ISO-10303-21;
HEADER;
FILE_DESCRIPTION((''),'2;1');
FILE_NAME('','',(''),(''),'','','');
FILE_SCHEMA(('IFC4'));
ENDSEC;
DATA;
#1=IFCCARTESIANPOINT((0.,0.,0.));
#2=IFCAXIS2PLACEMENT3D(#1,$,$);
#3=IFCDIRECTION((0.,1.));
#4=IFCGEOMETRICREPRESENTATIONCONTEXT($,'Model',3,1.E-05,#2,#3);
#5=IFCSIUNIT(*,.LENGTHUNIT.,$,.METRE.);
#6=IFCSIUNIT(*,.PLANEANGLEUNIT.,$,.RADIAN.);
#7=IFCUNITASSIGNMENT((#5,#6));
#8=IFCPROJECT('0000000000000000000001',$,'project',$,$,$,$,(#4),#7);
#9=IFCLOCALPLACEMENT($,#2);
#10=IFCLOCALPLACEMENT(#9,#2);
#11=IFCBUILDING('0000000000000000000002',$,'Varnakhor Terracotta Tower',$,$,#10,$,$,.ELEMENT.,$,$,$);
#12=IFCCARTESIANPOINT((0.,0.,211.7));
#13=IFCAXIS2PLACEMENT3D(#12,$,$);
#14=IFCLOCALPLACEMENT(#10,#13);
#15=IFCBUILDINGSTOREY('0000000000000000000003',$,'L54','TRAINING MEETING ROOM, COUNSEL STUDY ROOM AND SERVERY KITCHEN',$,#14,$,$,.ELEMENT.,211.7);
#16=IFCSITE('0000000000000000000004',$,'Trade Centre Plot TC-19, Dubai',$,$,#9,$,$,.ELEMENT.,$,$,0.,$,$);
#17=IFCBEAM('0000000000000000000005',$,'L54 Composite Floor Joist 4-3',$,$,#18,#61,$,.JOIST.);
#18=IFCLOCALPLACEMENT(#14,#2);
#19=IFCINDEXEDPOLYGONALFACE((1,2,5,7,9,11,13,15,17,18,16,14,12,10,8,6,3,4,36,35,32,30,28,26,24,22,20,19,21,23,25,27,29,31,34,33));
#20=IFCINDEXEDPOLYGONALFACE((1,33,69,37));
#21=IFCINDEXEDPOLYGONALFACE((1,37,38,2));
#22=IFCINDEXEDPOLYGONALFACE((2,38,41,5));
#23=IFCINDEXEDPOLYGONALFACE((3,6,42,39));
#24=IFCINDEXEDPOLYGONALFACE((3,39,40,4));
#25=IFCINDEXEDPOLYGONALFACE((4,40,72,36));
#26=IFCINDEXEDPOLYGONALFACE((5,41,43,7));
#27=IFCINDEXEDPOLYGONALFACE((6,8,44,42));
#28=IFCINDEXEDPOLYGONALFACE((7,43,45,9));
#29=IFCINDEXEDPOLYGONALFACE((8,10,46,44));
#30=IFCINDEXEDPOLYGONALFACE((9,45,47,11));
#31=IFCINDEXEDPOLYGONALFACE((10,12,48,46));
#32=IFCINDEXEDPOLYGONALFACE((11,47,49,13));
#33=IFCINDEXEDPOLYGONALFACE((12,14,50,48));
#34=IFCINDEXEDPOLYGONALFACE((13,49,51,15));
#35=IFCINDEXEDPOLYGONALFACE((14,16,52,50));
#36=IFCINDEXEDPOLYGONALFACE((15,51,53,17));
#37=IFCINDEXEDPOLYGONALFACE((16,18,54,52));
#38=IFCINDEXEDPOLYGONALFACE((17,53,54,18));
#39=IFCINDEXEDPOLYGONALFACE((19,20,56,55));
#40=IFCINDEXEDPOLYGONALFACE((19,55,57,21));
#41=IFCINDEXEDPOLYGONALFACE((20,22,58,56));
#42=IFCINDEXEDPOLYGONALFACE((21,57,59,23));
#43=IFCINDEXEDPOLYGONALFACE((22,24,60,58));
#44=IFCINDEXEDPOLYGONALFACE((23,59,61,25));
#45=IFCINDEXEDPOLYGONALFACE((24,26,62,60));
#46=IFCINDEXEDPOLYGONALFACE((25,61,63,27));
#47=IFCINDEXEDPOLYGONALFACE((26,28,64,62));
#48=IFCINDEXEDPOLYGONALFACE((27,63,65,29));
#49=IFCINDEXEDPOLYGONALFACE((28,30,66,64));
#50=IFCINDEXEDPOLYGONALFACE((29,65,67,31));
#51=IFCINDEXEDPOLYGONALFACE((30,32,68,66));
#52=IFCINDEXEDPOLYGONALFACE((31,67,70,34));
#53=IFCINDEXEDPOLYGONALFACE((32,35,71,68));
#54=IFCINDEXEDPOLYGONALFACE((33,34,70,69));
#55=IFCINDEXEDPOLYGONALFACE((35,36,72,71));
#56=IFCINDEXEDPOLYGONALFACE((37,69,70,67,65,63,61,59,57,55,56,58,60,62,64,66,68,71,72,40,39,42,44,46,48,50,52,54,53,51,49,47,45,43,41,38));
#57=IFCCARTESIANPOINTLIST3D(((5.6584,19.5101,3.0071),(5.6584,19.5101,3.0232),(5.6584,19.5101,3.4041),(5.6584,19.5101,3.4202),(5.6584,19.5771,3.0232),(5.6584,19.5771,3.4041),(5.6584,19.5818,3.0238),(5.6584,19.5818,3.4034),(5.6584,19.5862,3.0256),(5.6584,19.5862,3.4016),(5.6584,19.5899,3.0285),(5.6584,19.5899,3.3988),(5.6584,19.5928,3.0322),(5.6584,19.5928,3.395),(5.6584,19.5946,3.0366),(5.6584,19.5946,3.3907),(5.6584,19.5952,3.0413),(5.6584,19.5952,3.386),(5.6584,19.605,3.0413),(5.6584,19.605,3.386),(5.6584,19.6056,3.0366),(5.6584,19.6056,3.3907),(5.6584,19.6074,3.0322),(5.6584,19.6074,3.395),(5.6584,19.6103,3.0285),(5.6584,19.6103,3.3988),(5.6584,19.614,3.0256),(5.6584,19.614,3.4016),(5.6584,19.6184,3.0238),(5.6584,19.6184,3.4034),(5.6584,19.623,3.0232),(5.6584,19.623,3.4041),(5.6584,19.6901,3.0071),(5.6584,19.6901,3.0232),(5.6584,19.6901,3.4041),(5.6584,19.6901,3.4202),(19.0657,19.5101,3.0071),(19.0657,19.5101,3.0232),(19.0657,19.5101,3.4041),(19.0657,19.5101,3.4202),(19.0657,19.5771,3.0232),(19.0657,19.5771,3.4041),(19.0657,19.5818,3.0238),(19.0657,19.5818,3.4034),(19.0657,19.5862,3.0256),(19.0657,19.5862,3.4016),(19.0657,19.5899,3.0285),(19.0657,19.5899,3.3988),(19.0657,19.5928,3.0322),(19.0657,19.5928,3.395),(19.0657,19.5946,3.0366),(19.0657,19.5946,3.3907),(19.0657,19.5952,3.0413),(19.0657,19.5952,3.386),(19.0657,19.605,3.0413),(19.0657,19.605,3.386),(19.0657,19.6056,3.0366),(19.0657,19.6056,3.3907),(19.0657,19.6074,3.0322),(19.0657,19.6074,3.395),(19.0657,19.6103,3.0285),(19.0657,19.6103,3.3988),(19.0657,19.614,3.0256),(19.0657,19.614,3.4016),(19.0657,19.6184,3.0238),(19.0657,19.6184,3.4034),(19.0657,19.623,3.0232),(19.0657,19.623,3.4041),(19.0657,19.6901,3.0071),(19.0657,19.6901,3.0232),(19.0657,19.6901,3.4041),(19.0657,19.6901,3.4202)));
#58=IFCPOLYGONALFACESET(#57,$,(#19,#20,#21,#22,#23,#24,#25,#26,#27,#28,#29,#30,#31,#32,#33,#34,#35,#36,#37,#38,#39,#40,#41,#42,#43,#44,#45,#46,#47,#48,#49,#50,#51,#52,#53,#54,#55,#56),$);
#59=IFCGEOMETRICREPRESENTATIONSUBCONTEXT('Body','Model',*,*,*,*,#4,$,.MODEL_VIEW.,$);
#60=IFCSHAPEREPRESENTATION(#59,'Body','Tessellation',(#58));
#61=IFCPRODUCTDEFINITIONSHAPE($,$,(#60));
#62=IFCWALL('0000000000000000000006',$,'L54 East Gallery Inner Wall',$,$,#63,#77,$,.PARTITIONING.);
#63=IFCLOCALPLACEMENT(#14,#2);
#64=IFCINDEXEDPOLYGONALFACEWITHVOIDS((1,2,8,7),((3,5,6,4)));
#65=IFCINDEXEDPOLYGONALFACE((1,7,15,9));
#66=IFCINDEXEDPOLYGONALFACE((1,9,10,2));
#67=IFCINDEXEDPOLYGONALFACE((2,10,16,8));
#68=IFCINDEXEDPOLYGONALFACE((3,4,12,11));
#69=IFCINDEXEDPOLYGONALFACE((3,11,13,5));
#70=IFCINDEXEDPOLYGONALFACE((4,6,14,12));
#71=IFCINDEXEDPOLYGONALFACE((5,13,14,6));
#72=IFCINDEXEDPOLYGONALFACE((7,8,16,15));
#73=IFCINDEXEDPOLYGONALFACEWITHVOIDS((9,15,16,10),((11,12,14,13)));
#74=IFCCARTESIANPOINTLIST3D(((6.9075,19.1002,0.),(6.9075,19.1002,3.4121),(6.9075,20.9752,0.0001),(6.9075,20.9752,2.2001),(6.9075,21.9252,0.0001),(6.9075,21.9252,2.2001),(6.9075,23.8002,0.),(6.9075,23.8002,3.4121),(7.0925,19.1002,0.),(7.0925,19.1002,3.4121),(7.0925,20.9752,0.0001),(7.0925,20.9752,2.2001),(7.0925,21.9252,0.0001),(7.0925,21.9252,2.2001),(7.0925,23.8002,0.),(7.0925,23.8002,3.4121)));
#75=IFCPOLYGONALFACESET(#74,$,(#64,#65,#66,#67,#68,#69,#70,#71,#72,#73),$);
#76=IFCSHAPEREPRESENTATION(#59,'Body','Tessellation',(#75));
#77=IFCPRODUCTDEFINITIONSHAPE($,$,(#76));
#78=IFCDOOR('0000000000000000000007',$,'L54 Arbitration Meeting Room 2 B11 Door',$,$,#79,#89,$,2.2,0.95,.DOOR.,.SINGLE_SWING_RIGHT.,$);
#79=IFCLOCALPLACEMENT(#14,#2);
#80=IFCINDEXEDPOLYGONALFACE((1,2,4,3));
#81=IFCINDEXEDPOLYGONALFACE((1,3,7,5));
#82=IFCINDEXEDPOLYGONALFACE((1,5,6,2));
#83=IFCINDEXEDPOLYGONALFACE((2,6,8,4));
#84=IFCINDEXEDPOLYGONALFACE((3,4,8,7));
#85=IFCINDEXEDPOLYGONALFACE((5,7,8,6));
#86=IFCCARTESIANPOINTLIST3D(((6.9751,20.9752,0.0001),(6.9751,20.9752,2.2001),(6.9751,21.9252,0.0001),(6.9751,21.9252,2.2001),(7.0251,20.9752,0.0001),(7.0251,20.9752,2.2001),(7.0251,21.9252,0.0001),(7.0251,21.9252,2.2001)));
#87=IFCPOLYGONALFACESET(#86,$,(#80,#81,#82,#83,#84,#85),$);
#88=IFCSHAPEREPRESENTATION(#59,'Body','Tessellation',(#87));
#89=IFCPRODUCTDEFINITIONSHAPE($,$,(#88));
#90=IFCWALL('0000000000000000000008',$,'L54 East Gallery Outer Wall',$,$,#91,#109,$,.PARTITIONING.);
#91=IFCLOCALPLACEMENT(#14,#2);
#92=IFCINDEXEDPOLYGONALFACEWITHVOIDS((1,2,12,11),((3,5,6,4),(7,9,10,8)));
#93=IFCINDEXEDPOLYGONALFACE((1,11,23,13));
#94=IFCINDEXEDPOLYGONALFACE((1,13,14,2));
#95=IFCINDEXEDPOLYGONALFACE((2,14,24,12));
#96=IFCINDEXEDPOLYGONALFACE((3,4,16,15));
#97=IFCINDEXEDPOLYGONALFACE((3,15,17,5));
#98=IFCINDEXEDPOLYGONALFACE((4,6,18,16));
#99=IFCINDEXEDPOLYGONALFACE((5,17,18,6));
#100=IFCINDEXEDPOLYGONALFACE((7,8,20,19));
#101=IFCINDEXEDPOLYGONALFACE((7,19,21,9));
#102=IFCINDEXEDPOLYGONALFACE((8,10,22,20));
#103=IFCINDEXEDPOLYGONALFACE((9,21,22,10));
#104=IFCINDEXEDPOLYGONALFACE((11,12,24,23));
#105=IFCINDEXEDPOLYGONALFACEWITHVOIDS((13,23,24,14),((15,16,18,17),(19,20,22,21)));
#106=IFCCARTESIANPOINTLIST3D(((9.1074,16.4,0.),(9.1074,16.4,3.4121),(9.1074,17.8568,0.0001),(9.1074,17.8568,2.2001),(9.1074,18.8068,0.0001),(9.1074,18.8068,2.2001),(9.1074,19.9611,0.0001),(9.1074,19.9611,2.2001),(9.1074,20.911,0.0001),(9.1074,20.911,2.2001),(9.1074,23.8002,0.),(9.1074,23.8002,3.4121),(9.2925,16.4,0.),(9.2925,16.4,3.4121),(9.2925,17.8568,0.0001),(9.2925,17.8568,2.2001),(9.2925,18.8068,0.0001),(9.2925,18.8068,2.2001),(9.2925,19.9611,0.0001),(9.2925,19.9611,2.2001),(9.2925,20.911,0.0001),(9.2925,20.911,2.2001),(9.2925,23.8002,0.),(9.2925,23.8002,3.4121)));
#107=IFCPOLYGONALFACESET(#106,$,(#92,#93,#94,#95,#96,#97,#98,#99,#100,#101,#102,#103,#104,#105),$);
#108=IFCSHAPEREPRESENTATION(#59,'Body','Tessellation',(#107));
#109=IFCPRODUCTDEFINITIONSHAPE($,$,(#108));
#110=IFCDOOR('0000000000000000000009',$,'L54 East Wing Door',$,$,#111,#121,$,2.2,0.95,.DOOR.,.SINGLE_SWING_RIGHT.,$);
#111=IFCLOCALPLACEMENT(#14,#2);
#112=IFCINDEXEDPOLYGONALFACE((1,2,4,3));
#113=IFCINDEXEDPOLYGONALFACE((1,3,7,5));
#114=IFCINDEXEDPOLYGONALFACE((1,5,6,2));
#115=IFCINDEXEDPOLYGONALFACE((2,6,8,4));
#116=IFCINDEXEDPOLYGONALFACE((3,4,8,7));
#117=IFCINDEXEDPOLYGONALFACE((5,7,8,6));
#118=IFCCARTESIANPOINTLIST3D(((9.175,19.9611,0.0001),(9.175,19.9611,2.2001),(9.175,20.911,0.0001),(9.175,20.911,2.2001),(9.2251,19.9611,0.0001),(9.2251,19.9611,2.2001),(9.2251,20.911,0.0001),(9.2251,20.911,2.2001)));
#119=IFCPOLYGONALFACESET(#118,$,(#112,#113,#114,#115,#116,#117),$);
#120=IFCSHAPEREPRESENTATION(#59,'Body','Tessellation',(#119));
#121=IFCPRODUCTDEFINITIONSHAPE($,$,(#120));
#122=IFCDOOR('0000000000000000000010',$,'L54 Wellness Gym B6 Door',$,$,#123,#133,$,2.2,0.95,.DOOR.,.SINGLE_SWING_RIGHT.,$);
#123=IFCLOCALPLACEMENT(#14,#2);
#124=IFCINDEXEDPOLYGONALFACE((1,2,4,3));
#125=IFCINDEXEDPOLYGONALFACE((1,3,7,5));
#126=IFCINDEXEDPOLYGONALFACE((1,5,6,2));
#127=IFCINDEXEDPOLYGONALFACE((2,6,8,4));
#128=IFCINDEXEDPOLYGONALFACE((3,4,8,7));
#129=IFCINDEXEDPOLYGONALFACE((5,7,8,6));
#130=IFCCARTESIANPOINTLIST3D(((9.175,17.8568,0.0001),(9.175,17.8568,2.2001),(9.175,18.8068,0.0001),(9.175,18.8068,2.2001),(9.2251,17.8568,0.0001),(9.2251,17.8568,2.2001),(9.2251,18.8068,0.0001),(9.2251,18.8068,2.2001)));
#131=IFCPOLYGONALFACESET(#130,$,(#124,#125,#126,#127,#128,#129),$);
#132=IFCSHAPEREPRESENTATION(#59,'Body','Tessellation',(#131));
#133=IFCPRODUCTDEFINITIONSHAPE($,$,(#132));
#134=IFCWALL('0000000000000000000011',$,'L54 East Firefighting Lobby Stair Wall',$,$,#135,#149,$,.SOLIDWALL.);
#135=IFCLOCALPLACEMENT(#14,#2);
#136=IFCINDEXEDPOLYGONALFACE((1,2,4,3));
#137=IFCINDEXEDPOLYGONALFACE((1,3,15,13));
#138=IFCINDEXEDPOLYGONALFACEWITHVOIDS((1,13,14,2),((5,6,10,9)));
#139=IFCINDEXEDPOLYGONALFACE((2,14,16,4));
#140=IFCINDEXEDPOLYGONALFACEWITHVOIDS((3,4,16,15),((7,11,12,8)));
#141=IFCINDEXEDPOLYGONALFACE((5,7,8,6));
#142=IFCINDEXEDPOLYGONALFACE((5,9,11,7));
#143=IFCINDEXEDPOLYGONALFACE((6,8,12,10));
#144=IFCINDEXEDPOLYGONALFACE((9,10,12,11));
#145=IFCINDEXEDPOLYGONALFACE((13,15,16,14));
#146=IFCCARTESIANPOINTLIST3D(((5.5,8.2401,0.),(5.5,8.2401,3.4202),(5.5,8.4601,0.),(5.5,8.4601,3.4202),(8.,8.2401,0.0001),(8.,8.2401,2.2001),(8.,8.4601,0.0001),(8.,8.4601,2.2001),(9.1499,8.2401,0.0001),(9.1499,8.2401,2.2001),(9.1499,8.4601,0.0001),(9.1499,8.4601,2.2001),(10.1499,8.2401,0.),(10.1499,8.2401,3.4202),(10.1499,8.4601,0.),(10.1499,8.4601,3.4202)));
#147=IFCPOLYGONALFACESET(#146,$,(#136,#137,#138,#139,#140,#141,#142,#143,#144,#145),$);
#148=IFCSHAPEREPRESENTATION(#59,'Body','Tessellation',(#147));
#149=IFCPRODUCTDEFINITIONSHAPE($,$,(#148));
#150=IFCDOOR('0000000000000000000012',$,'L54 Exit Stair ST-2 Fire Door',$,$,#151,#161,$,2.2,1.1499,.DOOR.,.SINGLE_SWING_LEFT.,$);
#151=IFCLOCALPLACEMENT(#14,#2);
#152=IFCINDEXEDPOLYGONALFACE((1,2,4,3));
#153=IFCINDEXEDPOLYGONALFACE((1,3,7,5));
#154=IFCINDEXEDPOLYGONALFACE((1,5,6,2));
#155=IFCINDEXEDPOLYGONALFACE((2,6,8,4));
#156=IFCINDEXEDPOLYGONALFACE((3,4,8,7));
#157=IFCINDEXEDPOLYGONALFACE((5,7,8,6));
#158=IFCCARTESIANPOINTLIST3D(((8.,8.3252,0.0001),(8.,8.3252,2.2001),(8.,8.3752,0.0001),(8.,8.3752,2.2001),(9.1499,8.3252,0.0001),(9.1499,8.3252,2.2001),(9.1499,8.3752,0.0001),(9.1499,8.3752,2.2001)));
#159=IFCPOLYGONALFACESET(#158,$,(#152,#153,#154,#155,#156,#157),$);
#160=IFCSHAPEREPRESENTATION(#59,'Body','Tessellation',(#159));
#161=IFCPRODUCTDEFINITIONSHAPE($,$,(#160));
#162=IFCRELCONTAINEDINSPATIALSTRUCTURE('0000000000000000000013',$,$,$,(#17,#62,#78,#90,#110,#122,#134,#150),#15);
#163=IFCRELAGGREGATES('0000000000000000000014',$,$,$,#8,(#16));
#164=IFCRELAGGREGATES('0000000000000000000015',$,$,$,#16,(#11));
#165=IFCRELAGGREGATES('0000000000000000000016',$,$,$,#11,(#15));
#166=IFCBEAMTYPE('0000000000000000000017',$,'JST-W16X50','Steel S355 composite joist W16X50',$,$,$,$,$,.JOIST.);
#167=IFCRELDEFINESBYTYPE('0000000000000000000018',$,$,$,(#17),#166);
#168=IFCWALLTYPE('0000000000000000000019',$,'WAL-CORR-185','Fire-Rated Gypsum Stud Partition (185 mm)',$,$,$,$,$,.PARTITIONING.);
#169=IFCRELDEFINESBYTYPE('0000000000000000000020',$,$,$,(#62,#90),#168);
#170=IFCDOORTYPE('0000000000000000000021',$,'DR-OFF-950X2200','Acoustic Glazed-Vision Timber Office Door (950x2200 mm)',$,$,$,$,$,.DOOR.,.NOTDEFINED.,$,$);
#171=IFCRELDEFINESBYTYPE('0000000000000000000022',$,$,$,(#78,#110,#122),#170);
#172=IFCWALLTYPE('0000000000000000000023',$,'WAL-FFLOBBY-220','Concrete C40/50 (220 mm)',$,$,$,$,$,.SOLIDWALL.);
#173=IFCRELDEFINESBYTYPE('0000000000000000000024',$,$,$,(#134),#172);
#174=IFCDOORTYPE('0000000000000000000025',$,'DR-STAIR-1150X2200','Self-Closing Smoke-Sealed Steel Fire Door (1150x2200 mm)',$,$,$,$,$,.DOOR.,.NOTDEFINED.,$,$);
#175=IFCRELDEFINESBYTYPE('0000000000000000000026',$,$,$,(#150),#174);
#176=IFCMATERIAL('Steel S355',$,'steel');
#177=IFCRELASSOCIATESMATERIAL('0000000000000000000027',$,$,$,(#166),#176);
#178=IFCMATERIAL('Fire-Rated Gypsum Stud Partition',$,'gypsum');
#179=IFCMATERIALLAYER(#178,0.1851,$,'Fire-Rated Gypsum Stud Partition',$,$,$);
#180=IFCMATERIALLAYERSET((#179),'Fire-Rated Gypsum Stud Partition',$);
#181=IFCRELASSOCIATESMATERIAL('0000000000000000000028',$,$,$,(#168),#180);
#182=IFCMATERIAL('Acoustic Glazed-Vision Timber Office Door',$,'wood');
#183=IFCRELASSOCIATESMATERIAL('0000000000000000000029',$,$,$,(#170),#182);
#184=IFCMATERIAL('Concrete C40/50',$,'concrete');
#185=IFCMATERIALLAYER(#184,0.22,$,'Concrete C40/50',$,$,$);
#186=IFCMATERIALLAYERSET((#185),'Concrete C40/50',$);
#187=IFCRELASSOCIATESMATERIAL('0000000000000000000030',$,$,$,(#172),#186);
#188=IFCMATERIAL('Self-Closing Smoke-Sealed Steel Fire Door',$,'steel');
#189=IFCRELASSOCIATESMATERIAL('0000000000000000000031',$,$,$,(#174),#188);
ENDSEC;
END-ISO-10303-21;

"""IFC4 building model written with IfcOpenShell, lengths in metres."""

from ifc_helpers import new_model, si_unit, direction, frame, frame_2d, origin, origin_2d, place, context, subcontext, project, spatial, rectangle, i_section, extrude, source, transform, mapped, material, layer, layer_set, material_profile, profile_set, type_object, type_shapes, element, fill, save


model = new_model("IFC4")

# Units and contexts
model_context = context("Model", 3, precision=1e-05, world=origin(), true_north=direction((0.0, 1.0)))
body_context = subcontext(model_context, "Body", "Model", "MODEL_VIEW")
ifc_project = project(units=[si_unit("LENGTHUNIT", "METRE"), si_unit("PLANEANGLEUNIT", "RADIAN")], contexts=[model_context])

# Site, building, storey
site_placement = place(None, origin())
site = spatial("IfcSite", under=ifc_project, at=site_placement, Name="Trade Centre Plot TC-19, Dubai", CompositionType="ELEMENT", RefElevation=0.0)
building_placement = place(site_placement, origin())
building = spatial("IfcBuilding", under=site, at=building_placement, Name="Varnakhor Terracotta Tower", CompositionType="ELEMENT")
storey_placement = place(building_placement, frame((0.0, 0.0, 211.7)))
storey = spatial("IfcBuildingStorey", under=building, at=storey_placement, Name="L54", Description="TRAINING MEETING ROOM, COUNSEL STUDY ROOM AND SERVERY KITCHEN", CompositionType="ELEMENT", Elevation=211.7)

# Beam
ifc_material_1 = material(Name="Steel S355", Category="steel")
ifc_material_profile_1 = material_profile(ifc_material_1, i_section(OverallWidth=0.1799, OverallDepth=0.4131, WebThickness=0.0098, FlangeThickness=0.0161, FilletRadius=0.0181, at=origin_2d()), Name="W16X50")
ifc_profile_set_1 = profile_set([ifc_material_profile_1], Name="Steel S355")
beam_type_1 = type_object("IfcBeamType", Name="JST-W16X50", Description="Steel S355 composite joist W16X50", PredefinedType="JOIST", material=ifc_profile_set_1)
shared_shape_1 = source(origin(), body_context, "Body", "SweptSolid", [
    extrude(i_section(OverallWidth=0.1799, OverallDepth=0.4131, WebThickness=0.0098, FlangeThickness=0.0161, FilletRadius=0.0181, at=origin_2d()), origin(), (0.0, 0.0, 1.0), 13.4072),
])
beam_1_placement = place(storey_placement, frame((5.6584, 19.6001, 3.2136), z_axis=(1.0, 0.0, 0.0), x_axis=(0.0, 1.0, 0.0)))
element("IfcBeam", 1, at=beam_1_placement, inside=storey, type_object=beam_type_1, Name="L54 Composite Floor Joist 4-3", PredefinedType="JOIST", context=body_context, shape_type="MappedRepresentation", body=[
    mapped(shared_shape_1, transform((0.0, 0.0, 0.0), scale=1.0)),
])

# Wall, opening, door
ifc_material_2 = material(Name="Fire-Rated Gypsum Stud Partition", Category="gypsum")
ifc_layer_1 = layer(ifc_material_2, 0.1851, Name="Fire-Rated Gypsum Stud Partition")
ifc_layer_set_1 = layer_set([ifc_layer_1], Name="Fire-Rated Gypsum Stud Partition")
wall_type_1 = type_object("IfcWallType", Name="WAL-CORR-185", Description="Fire-Rated Gypsum Stud Partition (185 mm)", PredefinedType="PARTITIONING", material=ifc_layer_set_1)
wall_1_placement = place(storey_placement, frame((7.0, 19.1001, 0.0), z_axis=(0.0, 0.0, 1.0), x_axis=(0.0, 1.0, 0.0)))
wall_1 = element("IfcWall", 2, at=wall_1_placement, inside=storey, type_object=wall_type_1, Name="L54 East Gallery Inner Wall", PredefinedType="PARTITIONING", context=body_context, shape_type="SweptSolid", body=[
    extrude(rectangle(XDim=4.7, YDim=0.1851, at=frame_2d((2.3501, 0.0))), origin(), (0.0, 0.0, 1.0), 3.4121),
])
opening_1_placement = place(wall_1_placement, frame((1.875, 0.0, 0.0)))
opening_1 = element("IfcOpeningElement", 3, at=opening_1_placement, cuts=wall_1, PredefinedType="OPENING", context=body_context, shape_type="SweptSolid", body=[
    extrude(rectangle(XDim=0.95, YDim=2.2, at=frame_2d((0.4751, 1.1001))), frame((0.0, 0.1025, 0.0), z_axis=(0.0, -1.0, 0.0), x_axis=(1.0, 0.0, 0.0)), (0.0, 0.0, 1.0), 0.2051),
])
ifc_material_3 = material(Name="Acoustic Glazed-Vision Timber Office Door", Category="wood")
door_type_1 = type_object("IfcDoorType", Name="DR-OFF-950X2200", Description="Acoustic Glazed-Vision Timber Office Door (950x2200 mm)", OperationType="NOTDEFINED", PredefinedType="DOOR", material=ifc_material_3)
shared_shape_2 = source(origin(), body_context, "Body", "SweptSolid", [
    extrude(rectangle(XDim=0.95, YDim=2.2, at=frame_2d((0.4751, 1.1001))), frame((0.0, 0.0249, 0.0), z_axis=(0.0, -1.0, 0.0), x_axis=(1.0, 0.0, 0.0)), (0.0, 0.0, 1.0), 0.05),
])
type_shapes(door_type_1, [shared_shape_2])
door_1_placement = place(opening_1_placement, origin())
door_1 = element("IfcDoor", 4, at=door_1_placement, inside=storey, type_object=door_type_1, Name="L54 Arbitration Meeting Room 2 B11 Door", OperationType="SINGLE_SWING_RIGHT", OverallHeight=2.2, OverallWidth=0.95, PredefinedType="DOOR", context=body_context, shape_type="MappedRepresentation", body=[
    mapped(shared_shape_2, transform((0.0, 0.0, 0.0), scale=1.0)),
])
fill(opening_1, door_1)

# Wall, openings, doors
wall_2_placement = place(storey_placement, frame((9.2, 16.3999, 0.0), z_axis=(0.0, 0.0, 1.0), x_axis=(0.0, 1.0, 0.0)))
wall_2 = element("IfcWall", 5, at=wall_2_placement, inside=storey, type_object=wall_type_1, Name="L54 East Gallery Outer Wall", PredefinedType="PARTITIONING", context=body_context, shape_type="SweptSolid", body=[
    extrude(rectangle(XDim=7.4001, YDim=0.1851, at=frame_2d((3.7002, 0.0))), origin(), (0.0, 0.0, 1.0), 3.4121),
])
opening_2_placement = place(wall_2_placement, frame((3.561, 0.0, 0.0)))
opening_2 = element("IfcOpeningElement", 6, at=opening_2_placement, cuts=wall_2, PredefinedType="OPENING", context=body_context, shape_type="SweptSolid", body=[
    extrude(rectangle(XDim=0.95, YDim=2.2, at=frame_2d((0.4751, 1.1001))), frame((0.0, 0.1025, 0.0), z_axis=(0.0, -1.0, 0.0), x_axis=(1.0, 0.0, 0.0)), (0.0, 0.0, 1.0), 0.2051),
])
opening_3_placement = place(wall_2_placement, frame((1.4568, 0.0, 0.0)))
opening_3 = element("IfcOpeningElement", 7, at=opening_3_placement, cuts=wall_2, PredefinedType="OPENING", context=body_context, shape_type="SweptSolid", body=[
    extrude(rectangle(XDim=0.95, YDim=2.2, at=frame_2d((0.4751, 1.1001))), frame((0.0, 0.1025, 0.0), z_axis=(0.0, -1.0, 0.0), x_axis=(1.0, 0.0, 0.0)), (0.0, 0.0, 1.0), 0.2051),
])
door_2_placement = place(opening_2_placement, origin())
door_2 = element("IfcDoor", 8, at=door_2_placement, inside=storey, type_object=door_type_1, Name="L54 East Wing Door", OperationType="SINGLE_SWING_RIGHT", OverallHeight=2.2, OverallWidth=0.95, PredefinedType="DOOR", context=body_context, shape_type="MappedRepresentation", body=[
    mapped(shared_shape_2, transform((0.0, 0.0, 0.0), scale=1.0)),
])
fill(opening_2, door_2)
door_3_placement = place(opening_3_placement, origin())
door_3 = element("IfcDoor", 9, at=door_3_placement, inside=storey, type_object=door_type_1, Name="L54 Wellness Gym B6 Door", OperationType="SINGLE_SWING_RIGHT", OverallHeight=2.2, OverallWidth=0.95, PredefinedType="DOOR", context=body_context, shape_type="MappedRepresentation", body=[
    mapped(shared_shape_2, transform((0.0, 0.0, 0.0), scale=1.0)),
])
fill(opening_3, door_3)

# Wall, opening, door
ifc_material_4 = material(Name="Concrete C40/50", Category="concrete")
ifc_layer_2 = layer(ifc_material_4, 0.22, Name="Concrete C40/50")
ifc_layer_set_2 = layer_set([ifc_layer_2], Name="Concrete C40/50")
wall_type_2 = type_object("IfcWallType", Name="WAL-FFLOBBY-220", Description="Concrete C40/50 (220 mm)", PredefinedType="SOLIDWALL", material=ifc_layer_set_2)
wall_3_placement = place(storey_placement, frame((10.1499, 8.3501, 0.0), z_axis=(0.0, 0.0, 1.0), x_axis=(-1.0, 0.0, 0.0)))
wall_3 = element("IfcWall", 10, at=wall_3_placement, inside=storey, type_object=wall_type_2, Name="L54 East Firefighting Lobby Stair Wall", PredefinedType="SOLIDWALL", context=body_context, shape_type="SweptSolid", body=[
    extrude(rectangle(XDim=4.6499, YDim=0.22, at=frame_2d((2.325, 0.0))), origin(), (0.0, 0.0, 1.0), 3.4202),
])
opening_4_placement = place(wall_3_placement, frame((1.0, 0.0, 0.0)))
opening_4 = element("IfcOpeningElement", 11, at=opening_4_placement, cuts=wall_3, PredefinedType="OPENING", context=body_context, shape_type="SweptSolid", body=[
    extrude(rectangle(XDim=1.1499, YDim=2.2, at=frame_2d((0.575, 1.1001))), frame((0.0, 0.1201, 0.0), z_axis=(0.0, -1.0, 0.0), x_axis=(1.0, 0.0, 0.0)), (0.0, 0.0, 1.0), 0.24),
])
ifc_material_5 = material(Name="Self-Closing Smoke-Sealed Steel Fire Door", Category="steel")
door_type_2 = type_object("IfcDoorType", Name="DR-STAIR-1150X2200", Description="Self-Closing Smoke-Sealed Steel Fire Door (1150x2200 mm)", OperationType="NOTDEFINED", PredefinedType="DOOR", material=ifc_material_5)
shared_shape_3 = source(origin(), body_context, "Body", "SweptSolid", [
    extrude(rectangle(XDim=1.1499, YDim=2.2, at=frame_2d((0.575, 1.1001))), frame((0.0, 0.0249, 0.0), z_axis=(0.0, -1.0, 0.0), x_axis=(1.0, 0.0, 0.0)), (0.0, 0.0, 1.0), 0.05),
])
type_shapes(door_type_2, [shared_shape_3])
door_4_placement = place(opening_4_placement, origin())
door_4 = element("IfcDoor", 12, at=door_4_placement, inside=storey, type_object=door_type_2, Name="L54 Exit Stair ST-2 Fire Door", OperationType="SINGLE_SWING_LEFT", OverallHeight=2.2, OverallWidth=1.1499, PredefinedType="DOOR", context=body_context, shape_type="MappedRepresentation", body=[
    mapped(shared_shape_3, transform((0.0, 0.0, 0.0), scale=1.0)),
])
fill(opening_4, door_4)

save(model, "model.ifc")
